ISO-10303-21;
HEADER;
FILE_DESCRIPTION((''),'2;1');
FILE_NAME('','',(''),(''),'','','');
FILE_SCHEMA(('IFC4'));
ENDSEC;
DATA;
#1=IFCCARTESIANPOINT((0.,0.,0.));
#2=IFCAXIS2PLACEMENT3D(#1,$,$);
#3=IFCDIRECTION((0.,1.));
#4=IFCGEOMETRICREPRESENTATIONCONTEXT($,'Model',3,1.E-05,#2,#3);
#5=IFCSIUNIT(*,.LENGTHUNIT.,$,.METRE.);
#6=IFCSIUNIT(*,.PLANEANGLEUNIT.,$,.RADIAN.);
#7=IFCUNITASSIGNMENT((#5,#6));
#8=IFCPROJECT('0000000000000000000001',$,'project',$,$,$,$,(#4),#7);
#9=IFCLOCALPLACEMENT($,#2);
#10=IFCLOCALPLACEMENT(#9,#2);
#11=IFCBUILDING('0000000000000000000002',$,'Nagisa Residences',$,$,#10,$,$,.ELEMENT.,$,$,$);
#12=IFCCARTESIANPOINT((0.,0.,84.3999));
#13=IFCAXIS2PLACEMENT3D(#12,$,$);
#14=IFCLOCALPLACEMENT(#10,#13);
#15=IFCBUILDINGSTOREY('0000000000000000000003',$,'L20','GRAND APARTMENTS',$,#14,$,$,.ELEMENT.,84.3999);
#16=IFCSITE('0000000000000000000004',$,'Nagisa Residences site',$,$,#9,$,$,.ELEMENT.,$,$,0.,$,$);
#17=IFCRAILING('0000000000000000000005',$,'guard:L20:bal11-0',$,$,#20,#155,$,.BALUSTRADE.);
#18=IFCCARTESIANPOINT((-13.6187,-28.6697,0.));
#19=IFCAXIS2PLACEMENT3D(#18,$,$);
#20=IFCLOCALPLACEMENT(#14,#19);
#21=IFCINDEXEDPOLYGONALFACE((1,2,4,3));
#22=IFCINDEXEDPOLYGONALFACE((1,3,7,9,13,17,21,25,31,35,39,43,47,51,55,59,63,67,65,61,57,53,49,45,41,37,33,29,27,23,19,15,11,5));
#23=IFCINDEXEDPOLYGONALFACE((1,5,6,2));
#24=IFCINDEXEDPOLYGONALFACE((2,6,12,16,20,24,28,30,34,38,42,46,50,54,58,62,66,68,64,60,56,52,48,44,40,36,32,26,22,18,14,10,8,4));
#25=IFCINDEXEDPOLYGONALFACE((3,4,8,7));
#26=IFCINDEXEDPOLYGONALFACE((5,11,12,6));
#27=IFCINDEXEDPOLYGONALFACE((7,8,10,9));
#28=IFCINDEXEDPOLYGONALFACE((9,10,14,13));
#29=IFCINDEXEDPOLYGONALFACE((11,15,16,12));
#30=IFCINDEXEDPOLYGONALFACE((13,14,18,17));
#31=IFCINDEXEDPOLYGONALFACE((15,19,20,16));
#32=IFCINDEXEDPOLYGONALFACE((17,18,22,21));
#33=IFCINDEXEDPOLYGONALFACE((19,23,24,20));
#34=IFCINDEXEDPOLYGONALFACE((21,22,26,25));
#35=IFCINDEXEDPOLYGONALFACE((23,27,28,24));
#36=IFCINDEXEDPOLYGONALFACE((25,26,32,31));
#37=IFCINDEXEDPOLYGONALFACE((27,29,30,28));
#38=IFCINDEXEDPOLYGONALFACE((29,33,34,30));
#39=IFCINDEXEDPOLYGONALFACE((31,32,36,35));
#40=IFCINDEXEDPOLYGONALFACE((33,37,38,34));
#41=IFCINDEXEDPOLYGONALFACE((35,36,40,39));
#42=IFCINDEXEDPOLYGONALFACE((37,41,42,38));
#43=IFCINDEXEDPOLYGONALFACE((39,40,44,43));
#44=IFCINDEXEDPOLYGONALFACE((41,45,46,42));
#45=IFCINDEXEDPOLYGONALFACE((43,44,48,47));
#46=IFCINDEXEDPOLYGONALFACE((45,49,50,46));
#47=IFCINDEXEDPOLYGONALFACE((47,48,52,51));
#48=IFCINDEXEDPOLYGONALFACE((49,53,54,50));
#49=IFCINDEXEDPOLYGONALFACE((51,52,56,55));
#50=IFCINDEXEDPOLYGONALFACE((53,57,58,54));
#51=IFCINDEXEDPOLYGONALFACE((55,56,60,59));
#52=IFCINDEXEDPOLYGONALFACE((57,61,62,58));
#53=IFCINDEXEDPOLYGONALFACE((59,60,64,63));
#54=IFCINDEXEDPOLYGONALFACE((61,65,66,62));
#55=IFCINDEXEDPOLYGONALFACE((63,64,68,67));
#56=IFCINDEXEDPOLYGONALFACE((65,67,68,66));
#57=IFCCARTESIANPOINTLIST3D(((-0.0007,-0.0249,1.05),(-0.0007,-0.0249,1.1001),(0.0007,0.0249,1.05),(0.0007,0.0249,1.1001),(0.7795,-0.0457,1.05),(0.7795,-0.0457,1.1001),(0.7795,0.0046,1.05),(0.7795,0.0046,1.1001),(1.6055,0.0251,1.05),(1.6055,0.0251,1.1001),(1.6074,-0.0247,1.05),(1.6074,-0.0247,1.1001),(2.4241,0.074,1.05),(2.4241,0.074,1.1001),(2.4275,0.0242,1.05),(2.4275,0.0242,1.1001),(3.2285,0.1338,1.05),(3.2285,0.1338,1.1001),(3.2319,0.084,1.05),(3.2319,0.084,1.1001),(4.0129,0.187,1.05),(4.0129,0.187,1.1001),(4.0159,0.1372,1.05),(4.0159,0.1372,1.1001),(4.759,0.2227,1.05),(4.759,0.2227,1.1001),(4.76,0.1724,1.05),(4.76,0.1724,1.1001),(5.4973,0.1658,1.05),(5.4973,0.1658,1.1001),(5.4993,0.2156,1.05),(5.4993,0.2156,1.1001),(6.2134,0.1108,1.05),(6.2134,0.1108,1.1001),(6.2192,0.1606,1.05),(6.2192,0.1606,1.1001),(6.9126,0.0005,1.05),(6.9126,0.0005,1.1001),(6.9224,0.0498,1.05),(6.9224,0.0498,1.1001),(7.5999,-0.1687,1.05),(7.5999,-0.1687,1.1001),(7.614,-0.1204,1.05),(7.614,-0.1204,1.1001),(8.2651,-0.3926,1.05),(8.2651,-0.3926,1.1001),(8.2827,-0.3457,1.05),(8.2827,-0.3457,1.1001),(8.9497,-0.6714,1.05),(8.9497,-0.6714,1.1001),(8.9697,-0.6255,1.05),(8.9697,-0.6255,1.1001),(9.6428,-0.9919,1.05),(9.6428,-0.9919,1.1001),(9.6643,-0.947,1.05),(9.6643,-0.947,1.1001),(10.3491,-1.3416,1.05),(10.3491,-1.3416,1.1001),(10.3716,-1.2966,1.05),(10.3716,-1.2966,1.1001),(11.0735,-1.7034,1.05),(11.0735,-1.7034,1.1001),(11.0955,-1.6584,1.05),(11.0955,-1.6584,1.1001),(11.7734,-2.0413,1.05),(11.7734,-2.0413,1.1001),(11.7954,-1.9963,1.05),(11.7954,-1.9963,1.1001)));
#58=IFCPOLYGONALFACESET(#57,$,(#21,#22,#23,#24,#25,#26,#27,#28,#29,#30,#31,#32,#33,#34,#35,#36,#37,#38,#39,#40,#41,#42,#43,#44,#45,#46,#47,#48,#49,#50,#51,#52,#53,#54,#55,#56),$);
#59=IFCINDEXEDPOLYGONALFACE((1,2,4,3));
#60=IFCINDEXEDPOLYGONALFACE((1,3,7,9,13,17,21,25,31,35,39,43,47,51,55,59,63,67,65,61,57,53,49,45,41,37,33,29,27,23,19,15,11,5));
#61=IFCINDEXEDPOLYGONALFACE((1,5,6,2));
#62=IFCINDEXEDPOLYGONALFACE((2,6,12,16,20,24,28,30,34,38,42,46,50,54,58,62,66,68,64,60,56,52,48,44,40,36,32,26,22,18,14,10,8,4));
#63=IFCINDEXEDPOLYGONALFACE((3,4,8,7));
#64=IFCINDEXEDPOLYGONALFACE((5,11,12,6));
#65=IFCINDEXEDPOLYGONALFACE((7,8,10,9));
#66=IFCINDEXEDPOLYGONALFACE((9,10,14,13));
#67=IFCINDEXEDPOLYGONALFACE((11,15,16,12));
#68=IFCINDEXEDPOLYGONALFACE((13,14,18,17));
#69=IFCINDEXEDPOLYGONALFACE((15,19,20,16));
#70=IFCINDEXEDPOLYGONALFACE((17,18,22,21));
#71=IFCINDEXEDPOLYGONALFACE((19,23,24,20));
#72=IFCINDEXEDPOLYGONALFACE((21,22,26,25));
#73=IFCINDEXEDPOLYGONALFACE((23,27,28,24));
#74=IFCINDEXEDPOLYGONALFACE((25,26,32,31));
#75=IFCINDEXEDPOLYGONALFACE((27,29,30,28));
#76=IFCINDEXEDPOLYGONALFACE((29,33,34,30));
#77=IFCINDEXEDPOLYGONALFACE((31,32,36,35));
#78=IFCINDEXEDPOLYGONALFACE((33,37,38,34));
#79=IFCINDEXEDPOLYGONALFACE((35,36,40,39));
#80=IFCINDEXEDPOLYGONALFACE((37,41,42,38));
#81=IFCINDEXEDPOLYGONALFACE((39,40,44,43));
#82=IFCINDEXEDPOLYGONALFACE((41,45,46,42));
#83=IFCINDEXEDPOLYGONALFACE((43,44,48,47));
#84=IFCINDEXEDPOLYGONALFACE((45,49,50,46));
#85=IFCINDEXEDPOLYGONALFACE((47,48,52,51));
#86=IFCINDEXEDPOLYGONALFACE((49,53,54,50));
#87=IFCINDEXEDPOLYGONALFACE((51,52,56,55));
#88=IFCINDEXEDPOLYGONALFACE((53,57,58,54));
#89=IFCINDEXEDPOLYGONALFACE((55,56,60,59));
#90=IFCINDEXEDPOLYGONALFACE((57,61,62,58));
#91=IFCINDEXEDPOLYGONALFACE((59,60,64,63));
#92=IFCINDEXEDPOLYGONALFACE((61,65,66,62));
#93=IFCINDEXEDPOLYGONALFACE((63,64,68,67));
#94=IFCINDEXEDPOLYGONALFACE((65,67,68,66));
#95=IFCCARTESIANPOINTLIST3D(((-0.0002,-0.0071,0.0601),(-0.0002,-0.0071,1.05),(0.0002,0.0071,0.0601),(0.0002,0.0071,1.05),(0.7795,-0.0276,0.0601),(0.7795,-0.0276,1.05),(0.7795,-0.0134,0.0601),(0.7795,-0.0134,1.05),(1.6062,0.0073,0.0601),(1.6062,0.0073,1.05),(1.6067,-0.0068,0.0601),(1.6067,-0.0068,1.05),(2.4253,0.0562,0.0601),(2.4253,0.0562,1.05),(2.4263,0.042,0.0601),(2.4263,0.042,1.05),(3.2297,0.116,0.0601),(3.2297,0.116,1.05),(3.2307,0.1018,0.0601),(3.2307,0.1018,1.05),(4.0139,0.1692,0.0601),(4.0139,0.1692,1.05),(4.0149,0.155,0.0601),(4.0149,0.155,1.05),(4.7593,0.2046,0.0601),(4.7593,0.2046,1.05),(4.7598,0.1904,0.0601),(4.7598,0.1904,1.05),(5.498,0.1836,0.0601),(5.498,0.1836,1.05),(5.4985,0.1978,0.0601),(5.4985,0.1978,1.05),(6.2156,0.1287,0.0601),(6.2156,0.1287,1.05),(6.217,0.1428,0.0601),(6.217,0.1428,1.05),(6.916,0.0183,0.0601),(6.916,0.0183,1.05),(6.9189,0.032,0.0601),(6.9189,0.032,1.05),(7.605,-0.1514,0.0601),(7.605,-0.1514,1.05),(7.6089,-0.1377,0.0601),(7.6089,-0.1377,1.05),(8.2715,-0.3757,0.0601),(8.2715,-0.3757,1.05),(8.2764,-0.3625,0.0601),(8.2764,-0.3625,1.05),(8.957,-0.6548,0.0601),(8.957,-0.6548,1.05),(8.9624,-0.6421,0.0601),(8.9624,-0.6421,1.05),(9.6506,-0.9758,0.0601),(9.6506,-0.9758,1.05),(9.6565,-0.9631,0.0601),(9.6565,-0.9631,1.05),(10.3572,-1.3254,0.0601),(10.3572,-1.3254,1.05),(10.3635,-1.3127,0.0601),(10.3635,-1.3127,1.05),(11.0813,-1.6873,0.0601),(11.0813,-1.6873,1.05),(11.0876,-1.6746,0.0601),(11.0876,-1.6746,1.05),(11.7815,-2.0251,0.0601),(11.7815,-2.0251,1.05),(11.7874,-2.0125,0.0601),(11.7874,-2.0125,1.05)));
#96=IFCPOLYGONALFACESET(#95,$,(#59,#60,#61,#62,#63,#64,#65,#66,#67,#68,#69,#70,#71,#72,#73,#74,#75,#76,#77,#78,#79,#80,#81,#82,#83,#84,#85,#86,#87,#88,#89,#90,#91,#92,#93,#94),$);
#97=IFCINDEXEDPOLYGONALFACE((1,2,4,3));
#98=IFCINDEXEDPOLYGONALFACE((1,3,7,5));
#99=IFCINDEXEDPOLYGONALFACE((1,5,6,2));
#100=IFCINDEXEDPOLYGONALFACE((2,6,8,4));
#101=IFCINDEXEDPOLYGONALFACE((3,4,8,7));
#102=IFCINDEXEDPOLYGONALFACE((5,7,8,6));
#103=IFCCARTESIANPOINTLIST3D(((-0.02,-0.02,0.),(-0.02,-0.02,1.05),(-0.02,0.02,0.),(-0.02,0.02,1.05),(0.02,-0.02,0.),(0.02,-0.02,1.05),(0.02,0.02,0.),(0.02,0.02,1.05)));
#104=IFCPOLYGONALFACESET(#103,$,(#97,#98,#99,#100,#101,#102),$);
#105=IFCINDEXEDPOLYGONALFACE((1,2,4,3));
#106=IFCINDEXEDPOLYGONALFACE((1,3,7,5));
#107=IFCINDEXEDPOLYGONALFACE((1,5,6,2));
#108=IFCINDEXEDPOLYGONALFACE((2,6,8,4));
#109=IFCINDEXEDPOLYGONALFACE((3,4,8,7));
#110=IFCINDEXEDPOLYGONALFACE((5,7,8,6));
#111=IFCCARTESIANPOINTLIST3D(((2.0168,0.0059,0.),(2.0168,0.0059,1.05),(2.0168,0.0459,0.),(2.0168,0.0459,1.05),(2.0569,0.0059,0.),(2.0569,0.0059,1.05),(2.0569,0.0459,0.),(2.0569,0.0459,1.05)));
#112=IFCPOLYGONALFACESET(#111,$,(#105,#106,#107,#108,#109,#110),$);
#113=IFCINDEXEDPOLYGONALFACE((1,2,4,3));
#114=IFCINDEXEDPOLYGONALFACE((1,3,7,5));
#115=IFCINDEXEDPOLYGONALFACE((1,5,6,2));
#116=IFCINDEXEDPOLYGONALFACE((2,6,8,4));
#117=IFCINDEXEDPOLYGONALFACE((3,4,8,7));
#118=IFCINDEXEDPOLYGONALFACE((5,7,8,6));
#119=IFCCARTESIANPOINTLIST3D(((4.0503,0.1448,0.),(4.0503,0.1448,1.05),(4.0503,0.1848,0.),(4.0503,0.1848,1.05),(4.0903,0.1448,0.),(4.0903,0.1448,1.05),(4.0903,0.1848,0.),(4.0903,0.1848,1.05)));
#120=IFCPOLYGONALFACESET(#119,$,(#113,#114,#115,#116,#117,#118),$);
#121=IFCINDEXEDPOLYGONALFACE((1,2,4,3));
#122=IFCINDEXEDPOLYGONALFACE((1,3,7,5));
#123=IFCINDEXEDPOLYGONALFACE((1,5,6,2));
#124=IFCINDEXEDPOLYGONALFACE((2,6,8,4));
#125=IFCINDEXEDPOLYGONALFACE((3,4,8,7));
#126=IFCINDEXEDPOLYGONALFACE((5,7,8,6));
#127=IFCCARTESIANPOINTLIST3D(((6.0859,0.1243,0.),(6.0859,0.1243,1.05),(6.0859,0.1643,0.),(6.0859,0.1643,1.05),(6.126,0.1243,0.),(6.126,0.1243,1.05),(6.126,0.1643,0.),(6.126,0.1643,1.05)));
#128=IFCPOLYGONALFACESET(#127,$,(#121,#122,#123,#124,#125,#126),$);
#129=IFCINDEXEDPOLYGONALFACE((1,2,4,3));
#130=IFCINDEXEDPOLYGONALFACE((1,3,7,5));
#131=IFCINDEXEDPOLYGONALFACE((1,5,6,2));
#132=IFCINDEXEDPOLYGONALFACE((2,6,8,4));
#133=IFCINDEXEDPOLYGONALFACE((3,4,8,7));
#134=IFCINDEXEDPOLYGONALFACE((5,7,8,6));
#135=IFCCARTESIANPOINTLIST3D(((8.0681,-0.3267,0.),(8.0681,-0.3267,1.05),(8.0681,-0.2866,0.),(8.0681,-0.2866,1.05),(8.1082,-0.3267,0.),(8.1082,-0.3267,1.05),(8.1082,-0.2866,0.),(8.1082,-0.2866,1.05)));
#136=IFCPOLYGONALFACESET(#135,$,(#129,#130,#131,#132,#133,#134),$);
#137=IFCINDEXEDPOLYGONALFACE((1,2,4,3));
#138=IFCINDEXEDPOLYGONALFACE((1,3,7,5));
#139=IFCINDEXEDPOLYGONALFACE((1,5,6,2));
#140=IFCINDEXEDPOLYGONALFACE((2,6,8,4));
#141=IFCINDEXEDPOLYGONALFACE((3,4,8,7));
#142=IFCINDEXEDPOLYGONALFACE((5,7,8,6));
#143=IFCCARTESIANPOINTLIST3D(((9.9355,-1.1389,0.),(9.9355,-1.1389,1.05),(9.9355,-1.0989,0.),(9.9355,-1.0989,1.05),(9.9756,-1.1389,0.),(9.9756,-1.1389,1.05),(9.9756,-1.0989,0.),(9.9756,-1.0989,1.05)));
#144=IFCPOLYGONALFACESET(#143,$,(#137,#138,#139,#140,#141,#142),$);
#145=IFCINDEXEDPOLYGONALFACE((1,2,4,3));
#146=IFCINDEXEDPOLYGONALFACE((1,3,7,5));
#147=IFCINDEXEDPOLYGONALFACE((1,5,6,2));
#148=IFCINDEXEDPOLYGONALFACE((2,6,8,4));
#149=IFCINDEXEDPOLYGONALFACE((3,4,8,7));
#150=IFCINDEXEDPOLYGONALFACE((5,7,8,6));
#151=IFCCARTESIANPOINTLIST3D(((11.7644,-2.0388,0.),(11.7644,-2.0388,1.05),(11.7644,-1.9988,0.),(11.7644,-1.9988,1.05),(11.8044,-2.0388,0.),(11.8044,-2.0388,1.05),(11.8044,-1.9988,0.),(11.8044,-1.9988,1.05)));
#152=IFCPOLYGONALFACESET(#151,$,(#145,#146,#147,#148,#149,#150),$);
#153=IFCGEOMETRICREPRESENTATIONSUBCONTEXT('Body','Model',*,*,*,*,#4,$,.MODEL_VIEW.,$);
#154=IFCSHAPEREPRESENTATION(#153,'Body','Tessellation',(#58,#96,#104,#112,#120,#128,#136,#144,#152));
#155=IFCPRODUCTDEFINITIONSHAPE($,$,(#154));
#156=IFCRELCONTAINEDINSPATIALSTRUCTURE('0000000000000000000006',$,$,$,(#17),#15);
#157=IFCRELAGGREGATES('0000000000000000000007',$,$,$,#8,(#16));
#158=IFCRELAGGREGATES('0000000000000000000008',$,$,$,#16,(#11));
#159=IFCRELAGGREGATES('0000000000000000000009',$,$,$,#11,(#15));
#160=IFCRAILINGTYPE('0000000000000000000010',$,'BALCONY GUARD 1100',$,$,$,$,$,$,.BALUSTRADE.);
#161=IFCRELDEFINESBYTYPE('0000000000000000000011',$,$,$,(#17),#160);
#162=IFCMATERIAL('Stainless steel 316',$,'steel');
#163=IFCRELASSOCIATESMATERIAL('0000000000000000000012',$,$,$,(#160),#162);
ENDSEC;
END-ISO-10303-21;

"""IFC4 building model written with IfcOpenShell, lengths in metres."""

from ifc_helpers import new_model, si_unit, direction, frame, origin, origin_2d, place, context, subcontext, project, spatial, polyline, rectangle, outline, extrude, material, type_object, element, save


model = new_model("IFC4")

# Units and contexts
model_context = context("Model", 3, precision=1e-05, world=origin(), true_north=direction((0.0, 1.0)))
body_context = subcontext(model_context, "Body", "Model", "MODEL_VIEW")
ifc_project = project(units=[si_unit("LENGTHUNIT", "METRE"), si_unit("PLANEANGLEUNIT", "RADIAN")], contexts=[model_context])

# Site, building, storey
site_placement = place(None, origin())
site = spatial("IfcSite", under=ifc_project, at=site_placement, Name="Nagisa Residences site", CompositionType="ELEMENT", RefElevation=0.0)
building_placement = place(site_placement, origin())
building = spatial("IfcBuilding", under=site, at=building_placement, Name="Nagisa Residences", CompositionType="ELEMENT")
storey_placement = place(building_placement, frame((0.0, 0.0, 84.3999)))
storey = spatial("IfcBuildingStorey", under=building, at=storey_placement, Name="L20", Description="GRAND APARTMENTS", CompositionType="ELEMENT", Elevation=84.3999)

# Railing
ifc_material_1 = material(Name="Stainless steel 316", Category="steel")
railing_type = type_object("IfcRailingType", Name="BALCONY GUARD 1100", PredefinedType="BALUSTRADE", material=ifc_material_1)
railing_1_placement = place(storey_placement, frame((-13.6187, -28.6697, 0.0)))
element("IfcRailing", 1, at=railing_1_placement, inside=storey, type_object=railing_type, Name="guard:L20:bal11-0", PredefinedType="BALUSTRADE", context=body_context, shape_type="SweptSolid", body=[
    extrude(outline(polyline([(0.7795, 0.0046), (0.0007, 0.0249), (-0.0007, -0.0249), (0.7795, -0.0457), (1.6074, -0.0247), (2.4275, 0.0242), (3.2319, 0.084), (4.0159, 0.1372), (4.76, 0.1724), (5.4973, 0.1658), (6.2134, 0.1108), (6.9126, 0.0005), (7.5999, -0.1687), (8.2651, -0.3926), (8.9497, -0.6714), (9.6428, -0.9919), (10.3491, -1.3416), (11.0735, -1.7034), (11.7734, -2.0413), (11.7954, -1.9963), (11.0955, -1.6584), (10.3716, -1.2966), (9.6643, -0.947), (8.9697, -0.6255), (8.2827, -0.3457), (7.614, -0.1204), (6.9224, 0.0498), (6.2192, 0.1606), (5.4993, 0.2156), (4.759, 0.2227), (4.0129, 0.187), (3.2285, 0.1338), (2.4241, 0.074), (1.6055, 0.0251), (0.7795, 0.0046)])), frame((0.0, 0.0, 1.05)), (0.0, 0.0, 1.0), 0.05),
    extrude(outline(polyline([(0.7795, -0.0134), (0.0002, 0.0071), (-0.0002, -0.0071), (0.7795, -0.0276), (1.6067, -0.0068), (2.4263, 0.042), (3.2307, 0.1018), (4.0149, 0.155), (4.7598, 0.1904), (5.498, 0.1836), (6.2156, 0.1287), (6.916, 0.0183), (7.605, -0.1514), (8.2715, -0.3757), (8.957, -0.6548), (9.6506, -0.9758), (10.3572, -1.3254), (11.0813, -1.6873), (11.7815, -2.0251), (11.7874, -2.0125), (11.0876, -1.6746), (10.3635, -1.3127), (9.6565, -0.9631), (8.9624, -0.6421), (8.2764, -0.3625), (7.6089, -0.1377), (6.9189, 0.032), (6.217, 0.1428), (5.4985, 0.1978), (4.7593, 0.2046), (4.0139, 0.1692), (3.2297, 0.116), (2.4253, 0.0562), (1.6062, 0.0073), (0.7795, -0.0134)])), frame((0.0, 0.0, 0.0601)), (0.0, 0.0, 1.0), 0.99),
    extrude(rectangle(XDim=0.04, YDim=0.04, at=origin_2d()), origin(), (0.0, 0.0, 1.0), 1.05),
    extrude(rectangle(XDim=0.04, YDim=0.04, at=origin_2d()), frame((2.0369, 0.0259, 0.0)), (0.0, 0.0, 1.0), 1.05),
    extrude(rectangle(XDim=0.04, YDim=0.04, at=origin_2d()), frame((4.0703, 0.1648, 0.0)), (0.0, 0.0, 1.0), 1.05),
    extrude(rectangle(XDim=0.04, YDim=0.04, at=origin_2d()), frame((6.106, 0.1443, 0.0)), (0.0, 0.0, 1.0), 1.05),
    extrude(rectangle(XDim=0.04, YDim=0.04, at=origin_2d()), frame((8.0881, -0.3066, 0.0)), (0.0, 0.0, 1.0), 1.05),
    extrude(rectangle(XDim=0.04, YDim=0.04, at=origin_2d()), frame((9.9556, -1.1189, 0.0)), (0.0, 0.0, 1.0), 1.05),
    extrude(rectangle(XDim=0.04, YDim=0.04, at=origin_2d()), frame((11.7844, -2.0188, 0.0)), (0.0, 0.0, 1.0), 1.05),
])

save(model, "model.ifc")
